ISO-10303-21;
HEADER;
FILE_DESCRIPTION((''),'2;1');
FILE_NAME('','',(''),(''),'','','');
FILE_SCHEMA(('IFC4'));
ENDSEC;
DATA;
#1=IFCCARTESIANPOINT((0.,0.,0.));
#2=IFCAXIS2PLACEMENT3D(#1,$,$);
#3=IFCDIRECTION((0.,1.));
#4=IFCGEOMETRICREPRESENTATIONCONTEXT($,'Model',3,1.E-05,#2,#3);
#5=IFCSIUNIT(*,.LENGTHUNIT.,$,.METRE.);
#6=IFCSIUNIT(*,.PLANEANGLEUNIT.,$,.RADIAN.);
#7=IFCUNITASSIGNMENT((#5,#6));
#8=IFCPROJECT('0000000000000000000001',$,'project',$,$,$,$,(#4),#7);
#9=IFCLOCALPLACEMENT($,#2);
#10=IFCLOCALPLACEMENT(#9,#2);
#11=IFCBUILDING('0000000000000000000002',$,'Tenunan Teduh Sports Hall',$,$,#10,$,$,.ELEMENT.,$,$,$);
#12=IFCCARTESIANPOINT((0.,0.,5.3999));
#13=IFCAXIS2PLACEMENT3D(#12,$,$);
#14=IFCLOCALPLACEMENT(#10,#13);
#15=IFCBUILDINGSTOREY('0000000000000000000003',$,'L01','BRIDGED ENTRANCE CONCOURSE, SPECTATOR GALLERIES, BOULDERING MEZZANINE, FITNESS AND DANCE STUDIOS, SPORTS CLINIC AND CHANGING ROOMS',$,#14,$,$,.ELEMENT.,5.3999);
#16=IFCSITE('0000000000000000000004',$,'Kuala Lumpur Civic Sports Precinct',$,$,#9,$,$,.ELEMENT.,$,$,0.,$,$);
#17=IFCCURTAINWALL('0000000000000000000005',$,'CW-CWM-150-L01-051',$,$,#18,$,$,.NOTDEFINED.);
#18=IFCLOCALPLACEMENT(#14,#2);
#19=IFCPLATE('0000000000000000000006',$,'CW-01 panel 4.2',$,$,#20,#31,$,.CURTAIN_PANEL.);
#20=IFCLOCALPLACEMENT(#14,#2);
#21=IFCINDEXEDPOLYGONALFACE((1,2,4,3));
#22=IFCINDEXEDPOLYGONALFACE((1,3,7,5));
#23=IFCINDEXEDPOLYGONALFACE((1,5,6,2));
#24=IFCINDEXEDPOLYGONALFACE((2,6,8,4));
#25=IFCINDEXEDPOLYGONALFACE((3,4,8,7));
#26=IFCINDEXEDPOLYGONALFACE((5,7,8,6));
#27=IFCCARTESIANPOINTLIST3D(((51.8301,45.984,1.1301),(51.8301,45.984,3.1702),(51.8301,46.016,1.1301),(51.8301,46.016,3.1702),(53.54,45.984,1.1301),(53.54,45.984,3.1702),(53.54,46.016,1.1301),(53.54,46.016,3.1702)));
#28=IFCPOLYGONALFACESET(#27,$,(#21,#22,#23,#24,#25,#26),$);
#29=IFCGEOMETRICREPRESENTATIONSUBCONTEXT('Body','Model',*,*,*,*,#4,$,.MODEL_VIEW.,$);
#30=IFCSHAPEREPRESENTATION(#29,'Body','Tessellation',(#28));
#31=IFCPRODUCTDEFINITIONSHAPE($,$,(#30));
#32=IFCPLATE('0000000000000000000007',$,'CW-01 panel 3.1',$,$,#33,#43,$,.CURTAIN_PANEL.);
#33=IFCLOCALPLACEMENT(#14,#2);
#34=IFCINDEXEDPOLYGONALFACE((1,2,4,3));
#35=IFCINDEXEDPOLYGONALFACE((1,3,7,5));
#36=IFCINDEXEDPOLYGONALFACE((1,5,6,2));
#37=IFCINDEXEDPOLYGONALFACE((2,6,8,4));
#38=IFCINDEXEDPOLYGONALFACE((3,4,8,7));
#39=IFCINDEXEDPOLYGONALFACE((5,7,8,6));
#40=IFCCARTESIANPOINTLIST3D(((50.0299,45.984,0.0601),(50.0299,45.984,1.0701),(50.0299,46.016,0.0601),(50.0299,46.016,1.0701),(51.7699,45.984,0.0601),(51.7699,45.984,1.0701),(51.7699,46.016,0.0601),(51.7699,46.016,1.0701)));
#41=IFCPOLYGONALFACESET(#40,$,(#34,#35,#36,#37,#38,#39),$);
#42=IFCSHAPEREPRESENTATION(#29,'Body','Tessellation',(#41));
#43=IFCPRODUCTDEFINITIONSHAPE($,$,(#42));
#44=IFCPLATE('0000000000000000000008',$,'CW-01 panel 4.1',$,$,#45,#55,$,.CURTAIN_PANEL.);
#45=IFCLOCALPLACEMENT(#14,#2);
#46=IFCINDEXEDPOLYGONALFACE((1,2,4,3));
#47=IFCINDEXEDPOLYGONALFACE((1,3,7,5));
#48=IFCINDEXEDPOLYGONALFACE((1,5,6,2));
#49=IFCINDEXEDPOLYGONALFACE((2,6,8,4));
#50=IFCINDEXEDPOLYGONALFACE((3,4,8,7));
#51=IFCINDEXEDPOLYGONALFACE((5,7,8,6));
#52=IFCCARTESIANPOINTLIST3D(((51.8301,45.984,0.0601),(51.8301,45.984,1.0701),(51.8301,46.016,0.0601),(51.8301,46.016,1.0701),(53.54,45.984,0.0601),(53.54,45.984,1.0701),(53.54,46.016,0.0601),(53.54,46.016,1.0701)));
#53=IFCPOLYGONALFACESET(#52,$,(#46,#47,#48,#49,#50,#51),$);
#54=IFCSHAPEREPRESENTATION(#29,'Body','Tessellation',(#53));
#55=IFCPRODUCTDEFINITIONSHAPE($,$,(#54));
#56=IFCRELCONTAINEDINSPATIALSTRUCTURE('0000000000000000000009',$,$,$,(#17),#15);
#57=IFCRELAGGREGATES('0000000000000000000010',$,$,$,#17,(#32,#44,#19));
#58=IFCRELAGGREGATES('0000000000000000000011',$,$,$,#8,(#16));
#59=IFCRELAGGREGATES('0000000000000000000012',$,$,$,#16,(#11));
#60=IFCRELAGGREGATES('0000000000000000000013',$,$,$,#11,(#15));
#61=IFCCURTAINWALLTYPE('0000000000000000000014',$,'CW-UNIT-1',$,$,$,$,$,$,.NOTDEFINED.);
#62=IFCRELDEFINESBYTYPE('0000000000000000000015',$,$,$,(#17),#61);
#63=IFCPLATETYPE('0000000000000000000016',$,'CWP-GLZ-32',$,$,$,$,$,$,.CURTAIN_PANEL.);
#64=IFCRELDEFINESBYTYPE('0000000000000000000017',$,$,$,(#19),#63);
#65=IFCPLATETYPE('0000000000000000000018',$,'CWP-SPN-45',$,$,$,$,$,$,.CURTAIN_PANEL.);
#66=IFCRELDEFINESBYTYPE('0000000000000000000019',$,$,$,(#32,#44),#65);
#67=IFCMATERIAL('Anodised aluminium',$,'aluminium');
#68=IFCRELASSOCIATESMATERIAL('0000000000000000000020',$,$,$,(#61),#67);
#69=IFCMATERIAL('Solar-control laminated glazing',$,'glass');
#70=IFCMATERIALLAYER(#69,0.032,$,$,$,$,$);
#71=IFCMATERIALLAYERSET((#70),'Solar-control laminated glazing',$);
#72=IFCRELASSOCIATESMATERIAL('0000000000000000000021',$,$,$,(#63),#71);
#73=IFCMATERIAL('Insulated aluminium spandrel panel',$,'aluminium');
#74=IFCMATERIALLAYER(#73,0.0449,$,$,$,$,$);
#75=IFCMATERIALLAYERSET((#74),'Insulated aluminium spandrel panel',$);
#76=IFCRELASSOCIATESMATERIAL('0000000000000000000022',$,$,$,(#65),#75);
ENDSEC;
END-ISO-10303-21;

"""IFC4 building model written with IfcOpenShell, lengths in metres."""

from ifc_helpers import new_model, si_unit, direction, frame, origin, origin_2d, place, context, subcontext, project, spatial, rectangle, extrude, material, layer, layer_set, type_object, element, aggregate, save


model = new_model("IFC4")

# Units and contexts
model_context = context("Model", 3, precision=1e-05, world=origin(), true_north=direction((0.0, 1.0)))
body_context = subcontext(model_context, "Body", "Model", "MODEL_VIEW")
ifc_project = project(units=[si_unit("LENGTHUNIT", "METRE"), si_unit("PLANEANGLEUNIT", "RADIAN")], contexts=[model_context])

# Site, building, storey
site_placement = place(None, origin())
site = spatial("IfcSite", under=ifc_project, at=site_placement, Name="Kuala Lumpur Civic Sports Precinct", CompositionType="ELEMENT", RefElevation=0.0)
building_placement = place(site_placement, origin())
building = spatial("IfcBuilding", under=site, at=building_placement, Name="Tenunan Teduh Sports Hall", CompositionType="ELEMENT")
storey_placement = place(building_placement, frame((0.0, 0.0, 5.3999)))
storey = spatial("IfcBuildingStorey", under=building, at=storey_placement, Name="L01", Description="BRIDGED ENTRANCE CONCOURSE, SPECTATOR GALLERIES, BOULDERING MEZZANINE, FITNESS AND DANCE STUDIOS, SPORTS CLINIC AND CHANGING ROOMS", CompositionType="ELEMENT", Elevation=5.3999)

# Curtain wall, plates
ifc_material_1 = material(Name="Anodised aluminium", Category="aluminium")
curtain_wall_type = type_object("IfcCurtainWallType", Name="CW-UNIT-1", PredefinedType="NOTDEFINED", material=ifc_material_1)
curtain_wall_placement = place(storey_placement, origin())
curtain_wall = element("IfcCurtainWall", 1, at=curtain_wall_placement, inside=storey, type_object=curtain_wall_type, Name="CW-CWM-150-L01-051", PredefinedType="NOTDEFINED")
ifc_material_2 = material(Name="Solar-control laminated glazing", Category="glass")
ifc_layer_1 = layer(ifc_material_2, 0.032)
ifc_layer_set_1 = layer_set([ifc_layer_1], Name="Solar-control laminated glazing")
plate_type_1 = type_object("IfcPlateType", Name="CWP-GLZ-32", PredefinedType="CURTAIN_PANEL", material=ifc_layer_set_1)
plate_1_placement = place(storey_placement, frame((52.6851, 46.0, 1.1301), z_axis=(0.0, 0.0, 1.0), x_axis=(1.0, 0.0, 0.0)))
plate_1 = element("IfcPlate", 2, at=plate_1_placement, type_object=plate_type_1, Name="CW-01 panel 4.2", PredefinedType="CURTAIN_PANEL", context=body_context, shape_type="SweptSolid", body=[
    extrude(rectangle(XDim=1.71, YDim=0.032, at=origin_2d()), origin(), (0.0, 0.0, 1.0), 2.04),
])
ifc_material_3 = material(Name="Insulated aluminium spandrel panel", Category="aluminium")
ifc_layer_2 = layer(ifc_material_3, 0.0449)
ifc_layer_set_2 = layer_set([ifc_layer_2], Name="Insulated aluminium spandrel panel")
plate_type_2 = type_object("IfcPlateType", Name="CWP-SPN-45", PredefinedType="CURTAIN_PANEL", material=ifc_layer_set_2)
plate_2_placement = place(storey_placement, frame((50.8999, 46.0, 0.0601), z_axis=(0.0, 0.0, 1.0), x_axis=(1.0, 0.0, 0.0)))
plate_2 = element("IfcPlate", 3, at=plate_2_placement, type_object=plate_type_2, Name="CW-01 panel 3.1", PredefinedType="CURTAIN_PANEL", context=body_context, shape_type="SweptSolid", body=[
    extrude(rectangle(XDim=1.74, YDim=0.032, at=origin_2d()), origin(), (0.0, 0.0, 1.0), 1.01),
])
plate_3_placement = place(storey_placement, frame((52.6851, 46.0, 0.0601), z_axis=(0.0, 0.0, 1.0), x_axis=(1.0, 0.0, 0.0)))
plate_3 = element("IfcPlate", 4, at=plate_3_placement, type_object=plate_type_2, Name="CW-01 panel 4.1", PredefinedType="CURTAIN_PANEL", context=body_context, shape_type="SweptSolid", body=[
    extrude(rectangle(XDim=1.71, YDim=0.032, at=origin_2d()), origin(), (0.0, 0.0, 1.0), 1.01),
])
aggregate(curtain_wall, [plate_2, plate_3, plate_1])

save(model, "model.ifc")
